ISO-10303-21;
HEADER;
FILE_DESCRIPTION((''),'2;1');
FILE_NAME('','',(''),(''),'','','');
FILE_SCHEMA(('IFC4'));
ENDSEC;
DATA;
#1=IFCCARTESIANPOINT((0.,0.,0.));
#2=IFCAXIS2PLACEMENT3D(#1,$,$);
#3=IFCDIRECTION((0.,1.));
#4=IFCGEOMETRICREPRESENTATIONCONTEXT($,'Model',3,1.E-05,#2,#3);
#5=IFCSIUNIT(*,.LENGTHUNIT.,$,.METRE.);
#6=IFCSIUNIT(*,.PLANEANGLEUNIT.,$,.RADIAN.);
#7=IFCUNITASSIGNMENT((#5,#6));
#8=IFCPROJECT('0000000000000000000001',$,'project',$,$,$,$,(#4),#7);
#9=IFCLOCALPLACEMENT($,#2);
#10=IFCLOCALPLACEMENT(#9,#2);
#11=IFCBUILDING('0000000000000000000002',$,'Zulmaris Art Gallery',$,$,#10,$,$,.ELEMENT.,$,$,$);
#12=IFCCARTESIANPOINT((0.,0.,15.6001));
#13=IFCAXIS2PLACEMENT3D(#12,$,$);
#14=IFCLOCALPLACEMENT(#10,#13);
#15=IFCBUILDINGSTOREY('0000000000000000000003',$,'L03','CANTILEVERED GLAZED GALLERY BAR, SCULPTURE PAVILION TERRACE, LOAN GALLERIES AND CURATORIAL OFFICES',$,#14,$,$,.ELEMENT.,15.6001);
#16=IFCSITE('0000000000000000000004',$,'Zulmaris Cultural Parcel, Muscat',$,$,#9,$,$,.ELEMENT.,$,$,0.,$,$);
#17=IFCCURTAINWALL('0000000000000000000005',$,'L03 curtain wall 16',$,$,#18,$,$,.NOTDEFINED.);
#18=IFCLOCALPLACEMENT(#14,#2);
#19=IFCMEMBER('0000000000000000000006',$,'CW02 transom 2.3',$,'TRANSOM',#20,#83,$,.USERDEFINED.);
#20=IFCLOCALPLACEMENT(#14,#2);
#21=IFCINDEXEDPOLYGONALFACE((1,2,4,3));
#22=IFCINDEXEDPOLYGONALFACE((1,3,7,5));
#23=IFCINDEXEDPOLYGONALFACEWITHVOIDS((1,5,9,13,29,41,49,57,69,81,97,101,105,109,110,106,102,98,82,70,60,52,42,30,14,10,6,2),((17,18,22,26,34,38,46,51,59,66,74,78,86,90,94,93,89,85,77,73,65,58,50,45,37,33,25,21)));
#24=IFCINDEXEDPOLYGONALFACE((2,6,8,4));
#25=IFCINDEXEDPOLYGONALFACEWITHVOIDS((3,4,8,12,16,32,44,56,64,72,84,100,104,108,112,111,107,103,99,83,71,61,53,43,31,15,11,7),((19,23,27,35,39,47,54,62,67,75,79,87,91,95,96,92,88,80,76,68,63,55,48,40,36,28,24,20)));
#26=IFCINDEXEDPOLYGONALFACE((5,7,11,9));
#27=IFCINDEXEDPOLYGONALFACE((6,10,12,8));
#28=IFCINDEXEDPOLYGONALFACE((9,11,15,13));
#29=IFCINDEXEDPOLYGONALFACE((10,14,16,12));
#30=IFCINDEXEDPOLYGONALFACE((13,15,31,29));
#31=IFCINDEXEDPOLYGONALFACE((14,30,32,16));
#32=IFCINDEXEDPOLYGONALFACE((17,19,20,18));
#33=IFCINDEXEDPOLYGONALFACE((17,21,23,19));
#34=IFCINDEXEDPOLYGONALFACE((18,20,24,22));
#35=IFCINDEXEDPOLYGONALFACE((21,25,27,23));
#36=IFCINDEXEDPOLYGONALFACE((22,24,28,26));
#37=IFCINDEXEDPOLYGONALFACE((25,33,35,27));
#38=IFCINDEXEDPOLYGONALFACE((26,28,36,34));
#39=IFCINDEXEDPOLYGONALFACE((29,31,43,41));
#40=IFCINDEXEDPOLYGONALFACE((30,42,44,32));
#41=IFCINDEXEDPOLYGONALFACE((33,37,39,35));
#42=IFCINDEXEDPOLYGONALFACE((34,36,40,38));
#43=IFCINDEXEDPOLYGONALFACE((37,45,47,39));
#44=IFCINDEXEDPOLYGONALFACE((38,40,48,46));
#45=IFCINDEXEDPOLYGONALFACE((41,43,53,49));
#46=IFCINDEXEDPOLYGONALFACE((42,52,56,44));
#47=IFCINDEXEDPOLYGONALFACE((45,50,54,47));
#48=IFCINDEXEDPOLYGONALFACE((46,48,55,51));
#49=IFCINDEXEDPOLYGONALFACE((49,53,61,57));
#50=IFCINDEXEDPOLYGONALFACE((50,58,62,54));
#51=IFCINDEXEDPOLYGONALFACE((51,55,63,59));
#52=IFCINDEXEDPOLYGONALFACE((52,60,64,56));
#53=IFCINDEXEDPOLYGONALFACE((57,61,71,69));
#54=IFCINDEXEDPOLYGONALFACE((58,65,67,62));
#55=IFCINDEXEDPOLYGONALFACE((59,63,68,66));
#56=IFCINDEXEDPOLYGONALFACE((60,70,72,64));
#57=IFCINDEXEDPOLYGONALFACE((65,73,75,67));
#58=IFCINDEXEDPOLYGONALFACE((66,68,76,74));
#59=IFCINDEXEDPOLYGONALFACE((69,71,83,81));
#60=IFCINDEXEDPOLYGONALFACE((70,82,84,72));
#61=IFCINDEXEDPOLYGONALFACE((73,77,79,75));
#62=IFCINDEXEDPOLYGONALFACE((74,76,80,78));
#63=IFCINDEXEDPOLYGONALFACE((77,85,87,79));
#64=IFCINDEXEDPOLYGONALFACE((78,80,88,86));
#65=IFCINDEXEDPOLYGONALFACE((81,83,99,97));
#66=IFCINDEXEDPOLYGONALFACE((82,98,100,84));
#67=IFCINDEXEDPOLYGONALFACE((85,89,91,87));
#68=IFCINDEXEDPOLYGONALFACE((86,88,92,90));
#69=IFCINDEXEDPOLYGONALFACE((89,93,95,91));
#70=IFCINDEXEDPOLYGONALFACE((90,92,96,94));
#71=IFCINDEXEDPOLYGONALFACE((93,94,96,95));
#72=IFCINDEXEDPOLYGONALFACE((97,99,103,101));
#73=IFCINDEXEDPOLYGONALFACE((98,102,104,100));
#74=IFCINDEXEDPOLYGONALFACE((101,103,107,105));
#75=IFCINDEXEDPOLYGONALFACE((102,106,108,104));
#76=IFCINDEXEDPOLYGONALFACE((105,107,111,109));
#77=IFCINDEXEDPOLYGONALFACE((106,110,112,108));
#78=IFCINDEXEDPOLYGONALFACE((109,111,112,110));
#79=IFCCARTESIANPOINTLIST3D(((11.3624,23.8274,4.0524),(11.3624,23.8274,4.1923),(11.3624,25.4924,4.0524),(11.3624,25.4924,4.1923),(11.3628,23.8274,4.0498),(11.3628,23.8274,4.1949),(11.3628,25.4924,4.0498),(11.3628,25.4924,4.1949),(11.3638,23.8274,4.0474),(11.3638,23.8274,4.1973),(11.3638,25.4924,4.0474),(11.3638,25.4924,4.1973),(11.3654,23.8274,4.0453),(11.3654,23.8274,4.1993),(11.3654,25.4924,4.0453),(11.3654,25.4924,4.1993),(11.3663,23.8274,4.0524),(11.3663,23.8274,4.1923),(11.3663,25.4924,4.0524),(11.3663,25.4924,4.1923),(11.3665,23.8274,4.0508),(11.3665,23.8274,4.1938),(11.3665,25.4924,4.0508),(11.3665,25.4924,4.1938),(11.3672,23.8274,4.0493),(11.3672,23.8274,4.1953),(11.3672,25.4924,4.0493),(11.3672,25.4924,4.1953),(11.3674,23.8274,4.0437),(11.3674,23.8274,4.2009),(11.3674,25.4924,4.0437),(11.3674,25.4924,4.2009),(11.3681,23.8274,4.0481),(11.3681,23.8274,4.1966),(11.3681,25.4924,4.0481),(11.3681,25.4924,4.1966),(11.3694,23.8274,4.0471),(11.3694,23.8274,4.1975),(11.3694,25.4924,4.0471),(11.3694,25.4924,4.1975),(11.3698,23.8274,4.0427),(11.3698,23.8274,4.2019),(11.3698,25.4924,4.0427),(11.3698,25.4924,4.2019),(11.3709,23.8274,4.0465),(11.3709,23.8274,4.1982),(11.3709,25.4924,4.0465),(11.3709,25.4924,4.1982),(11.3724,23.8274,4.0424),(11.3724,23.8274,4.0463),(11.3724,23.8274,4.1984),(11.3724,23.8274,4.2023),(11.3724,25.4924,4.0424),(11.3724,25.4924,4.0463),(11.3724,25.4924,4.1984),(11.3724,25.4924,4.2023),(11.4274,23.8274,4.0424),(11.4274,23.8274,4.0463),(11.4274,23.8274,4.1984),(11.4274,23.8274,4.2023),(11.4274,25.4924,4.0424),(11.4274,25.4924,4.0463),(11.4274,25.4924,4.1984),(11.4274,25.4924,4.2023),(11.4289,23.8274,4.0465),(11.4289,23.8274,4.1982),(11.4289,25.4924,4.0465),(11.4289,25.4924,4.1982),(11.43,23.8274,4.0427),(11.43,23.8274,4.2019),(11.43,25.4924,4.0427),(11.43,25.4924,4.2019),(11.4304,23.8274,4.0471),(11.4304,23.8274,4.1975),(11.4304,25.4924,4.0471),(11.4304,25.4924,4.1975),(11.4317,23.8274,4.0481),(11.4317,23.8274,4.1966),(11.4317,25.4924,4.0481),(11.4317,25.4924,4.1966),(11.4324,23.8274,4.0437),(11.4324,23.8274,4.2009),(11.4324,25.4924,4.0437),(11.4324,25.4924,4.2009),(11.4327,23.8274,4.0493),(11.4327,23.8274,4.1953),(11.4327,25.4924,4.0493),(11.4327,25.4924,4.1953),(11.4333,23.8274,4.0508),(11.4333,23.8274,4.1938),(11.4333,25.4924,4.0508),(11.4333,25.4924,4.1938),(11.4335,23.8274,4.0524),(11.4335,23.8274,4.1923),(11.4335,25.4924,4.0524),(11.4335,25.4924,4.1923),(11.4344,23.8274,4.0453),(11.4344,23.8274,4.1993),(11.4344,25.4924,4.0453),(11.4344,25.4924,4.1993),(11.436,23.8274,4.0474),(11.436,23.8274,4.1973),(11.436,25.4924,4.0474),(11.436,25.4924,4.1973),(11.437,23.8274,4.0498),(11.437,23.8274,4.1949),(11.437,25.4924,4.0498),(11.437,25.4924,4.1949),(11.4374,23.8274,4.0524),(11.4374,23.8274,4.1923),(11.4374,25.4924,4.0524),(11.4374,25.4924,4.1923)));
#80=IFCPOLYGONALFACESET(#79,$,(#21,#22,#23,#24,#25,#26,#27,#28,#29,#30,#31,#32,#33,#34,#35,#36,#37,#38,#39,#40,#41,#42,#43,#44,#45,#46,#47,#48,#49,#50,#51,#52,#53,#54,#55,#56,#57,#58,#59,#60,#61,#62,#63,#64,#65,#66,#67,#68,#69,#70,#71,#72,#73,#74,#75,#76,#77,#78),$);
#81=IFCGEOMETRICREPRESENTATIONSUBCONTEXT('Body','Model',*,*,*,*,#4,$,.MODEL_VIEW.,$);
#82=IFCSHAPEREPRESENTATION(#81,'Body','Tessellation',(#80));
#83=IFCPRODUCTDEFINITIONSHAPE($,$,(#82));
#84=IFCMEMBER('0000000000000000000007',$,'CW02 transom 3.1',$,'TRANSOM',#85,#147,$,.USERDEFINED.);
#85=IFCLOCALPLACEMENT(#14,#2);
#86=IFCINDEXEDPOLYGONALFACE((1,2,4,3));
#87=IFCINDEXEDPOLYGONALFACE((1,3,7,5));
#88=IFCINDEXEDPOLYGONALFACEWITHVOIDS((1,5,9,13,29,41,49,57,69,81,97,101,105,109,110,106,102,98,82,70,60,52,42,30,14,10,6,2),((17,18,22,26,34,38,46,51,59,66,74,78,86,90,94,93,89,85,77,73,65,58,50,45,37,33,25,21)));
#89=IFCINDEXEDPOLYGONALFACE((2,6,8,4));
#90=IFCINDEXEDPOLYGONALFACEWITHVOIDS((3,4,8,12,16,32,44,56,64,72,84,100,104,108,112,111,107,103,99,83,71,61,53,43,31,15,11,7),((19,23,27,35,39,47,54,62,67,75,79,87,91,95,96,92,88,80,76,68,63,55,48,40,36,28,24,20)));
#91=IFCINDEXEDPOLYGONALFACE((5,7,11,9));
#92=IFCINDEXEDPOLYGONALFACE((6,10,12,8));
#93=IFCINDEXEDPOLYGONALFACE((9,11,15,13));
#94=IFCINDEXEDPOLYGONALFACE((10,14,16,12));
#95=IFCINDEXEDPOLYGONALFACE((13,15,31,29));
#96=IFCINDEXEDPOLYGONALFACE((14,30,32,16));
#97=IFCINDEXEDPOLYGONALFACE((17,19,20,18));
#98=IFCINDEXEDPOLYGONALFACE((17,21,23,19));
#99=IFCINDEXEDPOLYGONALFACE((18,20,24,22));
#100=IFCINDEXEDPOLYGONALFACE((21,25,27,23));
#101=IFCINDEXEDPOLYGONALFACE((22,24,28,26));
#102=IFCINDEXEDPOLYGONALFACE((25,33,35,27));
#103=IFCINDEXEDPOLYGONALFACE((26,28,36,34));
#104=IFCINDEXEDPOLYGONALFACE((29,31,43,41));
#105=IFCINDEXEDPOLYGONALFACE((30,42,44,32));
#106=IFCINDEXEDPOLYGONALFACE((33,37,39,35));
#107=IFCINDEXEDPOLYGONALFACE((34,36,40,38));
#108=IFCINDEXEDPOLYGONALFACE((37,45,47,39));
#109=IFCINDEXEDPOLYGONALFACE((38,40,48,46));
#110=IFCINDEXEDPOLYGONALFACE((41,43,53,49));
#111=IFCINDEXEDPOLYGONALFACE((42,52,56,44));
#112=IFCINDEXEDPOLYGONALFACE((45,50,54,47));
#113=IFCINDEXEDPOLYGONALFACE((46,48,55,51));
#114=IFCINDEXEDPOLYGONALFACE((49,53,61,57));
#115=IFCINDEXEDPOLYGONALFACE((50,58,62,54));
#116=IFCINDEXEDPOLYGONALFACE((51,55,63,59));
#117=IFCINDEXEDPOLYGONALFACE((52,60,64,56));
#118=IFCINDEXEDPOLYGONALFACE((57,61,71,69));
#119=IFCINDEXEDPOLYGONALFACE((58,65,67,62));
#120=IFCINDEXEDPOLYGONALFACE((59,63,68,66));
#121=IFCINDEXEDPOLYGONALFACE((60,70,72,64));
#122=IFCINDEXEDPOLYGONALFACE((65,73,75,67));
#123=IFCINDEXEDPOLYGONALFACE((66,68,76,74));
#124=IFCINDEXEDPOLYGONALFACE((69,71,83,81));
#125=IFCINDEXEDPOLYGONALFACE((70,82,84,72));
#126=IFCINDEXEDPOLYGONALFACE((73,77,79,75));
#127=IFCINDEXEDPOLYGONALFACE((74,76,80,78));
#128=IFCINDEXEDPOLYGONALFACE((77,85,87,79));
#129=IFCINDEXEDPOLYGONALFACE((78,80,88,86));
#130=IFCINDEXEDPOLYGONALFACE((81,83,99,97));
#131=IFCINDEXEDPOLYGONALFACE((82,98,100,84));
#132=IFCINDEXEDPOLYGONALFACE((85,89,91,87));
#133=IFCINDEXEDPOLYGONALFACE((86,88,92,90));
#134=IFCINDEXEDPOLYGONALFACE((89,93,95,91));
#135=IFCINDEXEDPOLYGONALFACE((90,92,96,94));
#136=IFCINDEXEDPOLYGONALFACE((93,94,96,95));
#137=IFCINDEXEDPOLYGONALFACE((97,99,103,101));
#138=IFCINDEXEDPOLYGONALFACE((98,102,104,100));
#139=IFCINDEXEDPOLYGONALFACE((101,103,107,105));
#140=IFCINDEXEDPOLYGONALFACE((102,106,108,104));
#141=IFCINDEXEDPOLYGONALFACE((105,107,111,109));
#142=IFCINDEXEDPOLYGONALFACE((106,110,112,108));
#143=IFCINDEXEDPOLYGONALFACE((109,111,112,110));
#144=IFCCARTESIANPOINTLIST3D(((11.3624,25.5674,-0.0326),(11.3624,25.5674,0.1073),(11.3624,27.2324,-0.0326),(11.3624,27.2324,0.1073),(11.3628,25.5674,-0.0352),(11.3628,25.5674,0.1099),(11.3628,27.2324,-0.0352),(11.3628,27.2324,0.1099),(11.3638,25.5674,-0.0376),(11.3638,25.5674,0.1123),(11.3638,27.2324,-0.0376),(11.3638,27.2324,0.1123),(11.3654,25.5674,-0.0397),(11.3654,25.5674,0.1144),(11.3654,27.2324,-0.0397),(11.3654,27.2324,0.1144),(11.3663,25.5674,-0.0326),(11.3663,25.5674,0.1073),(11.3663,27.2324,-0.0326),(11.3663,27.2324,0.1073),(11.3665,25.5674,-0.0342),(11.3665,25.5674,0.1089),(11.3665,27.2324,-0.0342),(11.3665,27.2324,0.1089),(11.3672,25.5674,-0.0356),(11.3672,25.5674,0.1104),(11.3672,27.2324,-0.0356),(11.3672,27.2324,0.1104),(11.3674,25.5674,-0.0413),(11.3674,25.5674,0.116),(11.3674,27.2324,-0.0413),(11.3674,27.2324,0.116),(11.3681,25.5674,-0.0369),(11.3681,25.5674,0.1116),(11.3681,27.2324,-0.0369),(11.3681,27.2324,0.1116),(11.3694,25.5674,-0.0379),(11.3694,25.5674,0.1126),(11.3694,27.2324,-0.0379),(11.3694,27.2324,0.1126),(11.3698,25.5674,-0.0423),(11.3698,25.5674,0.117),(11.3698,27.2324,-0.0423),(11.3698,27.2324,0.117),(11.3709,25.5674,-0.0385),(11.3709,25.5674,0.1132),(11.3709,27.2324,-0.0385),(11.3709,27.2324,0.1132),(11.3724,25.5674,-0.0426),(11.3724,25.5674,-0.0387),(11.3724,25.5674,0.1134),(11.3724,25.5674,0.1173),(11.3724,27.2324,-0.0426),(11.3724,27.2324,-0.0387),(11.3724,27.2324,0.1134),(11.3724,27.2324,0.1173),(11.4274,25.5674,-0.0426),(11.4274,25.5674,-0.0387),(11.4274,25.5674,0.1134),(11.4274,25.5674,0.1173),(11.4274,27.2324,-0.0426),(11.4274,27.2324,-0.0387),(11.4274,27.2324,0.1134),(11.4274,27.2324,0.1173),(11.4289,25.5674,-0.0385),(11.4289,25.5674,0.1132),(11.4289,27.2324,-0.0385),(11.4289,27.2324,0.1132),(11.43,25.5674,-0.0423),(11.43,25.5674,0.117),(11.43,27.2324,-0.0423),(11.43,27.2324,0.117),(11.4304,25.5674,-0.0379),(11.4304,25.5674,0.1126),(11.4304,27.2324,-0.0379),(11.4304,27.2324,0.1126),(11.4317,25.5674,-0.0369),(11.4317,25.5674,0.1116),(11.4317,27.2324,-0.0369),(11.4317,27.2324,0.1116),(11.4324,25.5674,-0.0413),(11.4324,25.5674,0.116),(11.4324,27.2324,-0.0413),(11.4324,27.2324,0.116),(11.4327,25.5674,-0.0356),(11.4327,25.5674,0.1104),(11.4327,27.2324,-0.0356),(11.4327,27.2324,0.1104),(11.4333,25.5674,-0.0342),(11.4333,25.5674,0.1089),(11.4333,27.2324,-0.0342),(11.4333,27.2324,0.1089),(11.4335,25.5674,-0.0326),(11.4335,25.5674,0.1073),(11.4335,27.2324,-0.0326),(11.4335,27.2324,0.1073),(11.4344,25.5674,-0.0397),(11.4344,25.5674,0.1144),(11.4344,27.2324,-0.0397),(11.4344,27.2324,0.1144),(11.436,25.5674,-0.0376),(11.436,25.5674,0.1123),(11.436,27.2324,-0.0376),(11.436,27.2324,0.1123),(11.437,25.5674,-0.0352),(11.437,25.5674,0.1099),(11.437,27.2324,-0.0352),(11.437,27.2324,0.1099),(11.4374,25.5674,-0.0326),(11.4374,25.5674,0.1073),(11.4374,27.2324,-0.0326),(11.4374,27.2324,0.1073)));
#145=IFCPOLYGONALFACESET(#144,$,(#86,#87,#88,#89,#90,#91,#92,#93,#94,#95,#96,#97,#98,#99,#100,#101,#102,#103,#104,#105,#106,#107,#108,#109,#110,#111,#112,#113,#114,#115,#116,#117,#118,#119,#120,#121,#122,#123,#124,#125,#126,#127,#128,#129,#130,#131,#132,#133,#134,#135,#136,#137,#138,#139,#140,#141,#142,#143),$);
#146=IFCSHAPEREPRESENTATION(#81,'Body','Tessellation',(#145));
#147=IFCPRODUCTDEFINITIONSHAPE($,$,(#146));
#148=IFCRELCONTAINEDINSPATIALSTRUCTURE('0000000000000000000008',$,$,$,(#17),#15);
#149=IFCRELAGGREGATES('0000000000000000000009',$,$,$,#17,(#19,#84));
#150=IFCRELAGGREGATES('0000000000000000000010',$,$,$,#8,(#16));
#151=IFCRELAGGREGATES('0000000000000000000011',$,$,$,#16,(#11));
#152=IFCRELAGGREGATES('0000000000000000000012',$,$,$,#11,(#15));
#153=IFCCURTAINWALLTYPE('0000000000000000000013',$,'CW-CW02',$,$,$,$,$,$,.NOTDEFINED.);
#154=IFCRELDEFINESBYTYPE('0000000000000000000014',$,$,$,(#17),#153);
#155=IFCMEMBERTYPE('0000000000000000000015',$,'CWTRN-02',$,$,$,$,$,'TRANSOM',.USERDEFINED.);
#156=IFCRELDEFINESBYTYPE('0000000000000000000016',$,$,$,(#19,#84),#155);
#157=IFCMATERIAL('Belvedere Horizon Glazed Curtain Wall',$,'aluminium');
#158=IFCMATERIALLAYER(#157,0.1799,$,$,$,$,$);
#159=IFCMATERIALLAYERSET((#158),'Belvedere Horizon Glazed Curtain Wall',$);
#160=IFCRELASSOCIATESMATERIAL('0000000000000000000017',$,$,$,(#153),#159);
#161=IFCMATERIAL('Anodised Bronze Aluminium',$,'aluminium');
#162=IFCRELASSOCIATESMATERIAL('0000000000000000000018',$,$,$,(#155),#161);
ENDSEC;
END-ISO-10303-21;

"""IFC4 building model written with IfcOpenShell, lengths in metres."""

from ifc_helpers import new_model, si_unit, direction, frame, origin, origin_2d, place, context, subcontext, project, spatial, hollow_rectangle, extrude, material, layer, layer_set, material_profile, profile_set, type_object, element, aggregate, save


model = new_model("IFC4")

# Units and contexts
model_context = context("Model", 3, precision=1e-05, world=origin(), true_north=direction((0.0, 1.0)))
body_context = subcontext(model_context, "Body", "Model", "MODEL_VIEW")
ifc_project = project(units=[si_unit("LENGTHUNIT", "METRE"), si_unit("PLANEANGLEUNIT", "RADIAN")], contexts=[model_context])

# Site, building, storey
site_placement = place(None, origin())
site = spatial("IfcSite", under=ifc_project, at=site_placement, Name="Zulmaris Cultural Parcel, Muscat", CompositionType="ELEMENT", RefElevation=0.0)
building_placement = place(site_placement, origin())
building = spatial("IfcBuilding", under=site, at=building_placement, Name="Zulmaris Art Gallery", CompositionType="ELEMENT")
storey_placement = place(building_placement, frame((0.0, 0.0, 15.6001)))
storey = spatial("IfcBuildingStorey", under=building, at=storey_placement, Name="L03", Description="CANTILEVERED GLAZED GALLERY BAR, SCULPTURE PAVILION TERRACE, LOAN GALLERIES AND CURATORIAL OFFICES", CompositionType="ELEMENT", Elevation=15.6001)

# Curtain wall
ifc_material_1 = material(Name="Belvedere Horizon Glazed Curtain Wall", Category="aluminium")
ifc_layer_1 = layer(ifc_material_1, 0.1799)
ifc_layer_set_1 = layer_set([ifc_layer_1], Name="Belvedere Horizon Glazed Curtain Wall")
curtain_wall_type_1 = type_object("IfcCurtainWallType", Name="CW-CW02", PredefinedType="NOTDEFINED", material=ifc_layer_set_1)
curtain_wall_1_placement = place(storey_placement, origin())
curtain_wall_1 = element("IfcCurtainWall", 1, at=curtain_wall_1_placement, inside=storey, type_object=curtain_wall_type_1, Name="L03 curtain wall 16", PredefinedType="NOTDEFINED")
ifc_material_2 = material(Name="Anodised Bronze Aluminium", Category="aluminium")

# Members
ifc_material_profile_1 = material_profile(ifc_material_2, hollow_rectangle(XDim=0.075, YDim=0.1599, WallThickness=0.0039, InnerFilletRadius=0.0061, OuterFilletRadius=0.01, at=origin_2d()), Name="ALU 75x160x4")
ifc_profile_set_1 = profile_set([ifc_material_profile_1], Name="Anodised Bronze Aluminium")
member_type_1 = type_object("IfcMemberType", Name="CWTRN-02", ElementType="TRANSOM", PredefinedType="USERDEFINED", material=ifc_profile_set_1)
member_1_placement = place(storey_placement, frame((11.3999, 23.8274, 4.1223), z_axis=(0.0, 1.0, 0.0), x_axis=(-1.0, 0.0, 0.0)))
member_1 = element("IfcMember", 2, at=member_1_placement, type_object=member_type_1, Name="CW02 transom 2.3", ObjectType="TRANSOM", PredefinedType="USERDEFINED", context=body_context, shape_type="SweptSolid", body=[
    extrude(hollow_rectangle(XDim=0.075, YDim=0.1599, WallThickness=0.0039, InnerFilletRadius=0.0061, OuterFilletRadius=0.01, at=origin_2d()), origin(), (0.0, 0.0, 1.0), 1.665),
])
member_2_placement = place(storey_placement, frame((11.3999, 25.5674, 0.0374), z_axis=(0.0, 1.0, 0.0), x_axis=(-1.0, 0.0, 0.0)))
member_2 = element("IfcMember", 3, at=member_2_placement, type_object=member_type_1, Name="CW02 transom 3.1", ObjectType="TRANSOM", PredefinedType="USERDEFINED", context=body_context, shape_type="SweptSolid", body=[
    extrude(hollow_rectangle(XDim=0.075, YDim=0.1599, WallThickness=0.0039, InnerFilletRadius=0.0061, OuterFilletRadius=0.01, at=origin_2d()), origin(), (0.0, 0.0, 1.0), 1.665),
])

aggregate(curtain_wall_1, [member_1, member_2])

save(model, "model.ifc")
